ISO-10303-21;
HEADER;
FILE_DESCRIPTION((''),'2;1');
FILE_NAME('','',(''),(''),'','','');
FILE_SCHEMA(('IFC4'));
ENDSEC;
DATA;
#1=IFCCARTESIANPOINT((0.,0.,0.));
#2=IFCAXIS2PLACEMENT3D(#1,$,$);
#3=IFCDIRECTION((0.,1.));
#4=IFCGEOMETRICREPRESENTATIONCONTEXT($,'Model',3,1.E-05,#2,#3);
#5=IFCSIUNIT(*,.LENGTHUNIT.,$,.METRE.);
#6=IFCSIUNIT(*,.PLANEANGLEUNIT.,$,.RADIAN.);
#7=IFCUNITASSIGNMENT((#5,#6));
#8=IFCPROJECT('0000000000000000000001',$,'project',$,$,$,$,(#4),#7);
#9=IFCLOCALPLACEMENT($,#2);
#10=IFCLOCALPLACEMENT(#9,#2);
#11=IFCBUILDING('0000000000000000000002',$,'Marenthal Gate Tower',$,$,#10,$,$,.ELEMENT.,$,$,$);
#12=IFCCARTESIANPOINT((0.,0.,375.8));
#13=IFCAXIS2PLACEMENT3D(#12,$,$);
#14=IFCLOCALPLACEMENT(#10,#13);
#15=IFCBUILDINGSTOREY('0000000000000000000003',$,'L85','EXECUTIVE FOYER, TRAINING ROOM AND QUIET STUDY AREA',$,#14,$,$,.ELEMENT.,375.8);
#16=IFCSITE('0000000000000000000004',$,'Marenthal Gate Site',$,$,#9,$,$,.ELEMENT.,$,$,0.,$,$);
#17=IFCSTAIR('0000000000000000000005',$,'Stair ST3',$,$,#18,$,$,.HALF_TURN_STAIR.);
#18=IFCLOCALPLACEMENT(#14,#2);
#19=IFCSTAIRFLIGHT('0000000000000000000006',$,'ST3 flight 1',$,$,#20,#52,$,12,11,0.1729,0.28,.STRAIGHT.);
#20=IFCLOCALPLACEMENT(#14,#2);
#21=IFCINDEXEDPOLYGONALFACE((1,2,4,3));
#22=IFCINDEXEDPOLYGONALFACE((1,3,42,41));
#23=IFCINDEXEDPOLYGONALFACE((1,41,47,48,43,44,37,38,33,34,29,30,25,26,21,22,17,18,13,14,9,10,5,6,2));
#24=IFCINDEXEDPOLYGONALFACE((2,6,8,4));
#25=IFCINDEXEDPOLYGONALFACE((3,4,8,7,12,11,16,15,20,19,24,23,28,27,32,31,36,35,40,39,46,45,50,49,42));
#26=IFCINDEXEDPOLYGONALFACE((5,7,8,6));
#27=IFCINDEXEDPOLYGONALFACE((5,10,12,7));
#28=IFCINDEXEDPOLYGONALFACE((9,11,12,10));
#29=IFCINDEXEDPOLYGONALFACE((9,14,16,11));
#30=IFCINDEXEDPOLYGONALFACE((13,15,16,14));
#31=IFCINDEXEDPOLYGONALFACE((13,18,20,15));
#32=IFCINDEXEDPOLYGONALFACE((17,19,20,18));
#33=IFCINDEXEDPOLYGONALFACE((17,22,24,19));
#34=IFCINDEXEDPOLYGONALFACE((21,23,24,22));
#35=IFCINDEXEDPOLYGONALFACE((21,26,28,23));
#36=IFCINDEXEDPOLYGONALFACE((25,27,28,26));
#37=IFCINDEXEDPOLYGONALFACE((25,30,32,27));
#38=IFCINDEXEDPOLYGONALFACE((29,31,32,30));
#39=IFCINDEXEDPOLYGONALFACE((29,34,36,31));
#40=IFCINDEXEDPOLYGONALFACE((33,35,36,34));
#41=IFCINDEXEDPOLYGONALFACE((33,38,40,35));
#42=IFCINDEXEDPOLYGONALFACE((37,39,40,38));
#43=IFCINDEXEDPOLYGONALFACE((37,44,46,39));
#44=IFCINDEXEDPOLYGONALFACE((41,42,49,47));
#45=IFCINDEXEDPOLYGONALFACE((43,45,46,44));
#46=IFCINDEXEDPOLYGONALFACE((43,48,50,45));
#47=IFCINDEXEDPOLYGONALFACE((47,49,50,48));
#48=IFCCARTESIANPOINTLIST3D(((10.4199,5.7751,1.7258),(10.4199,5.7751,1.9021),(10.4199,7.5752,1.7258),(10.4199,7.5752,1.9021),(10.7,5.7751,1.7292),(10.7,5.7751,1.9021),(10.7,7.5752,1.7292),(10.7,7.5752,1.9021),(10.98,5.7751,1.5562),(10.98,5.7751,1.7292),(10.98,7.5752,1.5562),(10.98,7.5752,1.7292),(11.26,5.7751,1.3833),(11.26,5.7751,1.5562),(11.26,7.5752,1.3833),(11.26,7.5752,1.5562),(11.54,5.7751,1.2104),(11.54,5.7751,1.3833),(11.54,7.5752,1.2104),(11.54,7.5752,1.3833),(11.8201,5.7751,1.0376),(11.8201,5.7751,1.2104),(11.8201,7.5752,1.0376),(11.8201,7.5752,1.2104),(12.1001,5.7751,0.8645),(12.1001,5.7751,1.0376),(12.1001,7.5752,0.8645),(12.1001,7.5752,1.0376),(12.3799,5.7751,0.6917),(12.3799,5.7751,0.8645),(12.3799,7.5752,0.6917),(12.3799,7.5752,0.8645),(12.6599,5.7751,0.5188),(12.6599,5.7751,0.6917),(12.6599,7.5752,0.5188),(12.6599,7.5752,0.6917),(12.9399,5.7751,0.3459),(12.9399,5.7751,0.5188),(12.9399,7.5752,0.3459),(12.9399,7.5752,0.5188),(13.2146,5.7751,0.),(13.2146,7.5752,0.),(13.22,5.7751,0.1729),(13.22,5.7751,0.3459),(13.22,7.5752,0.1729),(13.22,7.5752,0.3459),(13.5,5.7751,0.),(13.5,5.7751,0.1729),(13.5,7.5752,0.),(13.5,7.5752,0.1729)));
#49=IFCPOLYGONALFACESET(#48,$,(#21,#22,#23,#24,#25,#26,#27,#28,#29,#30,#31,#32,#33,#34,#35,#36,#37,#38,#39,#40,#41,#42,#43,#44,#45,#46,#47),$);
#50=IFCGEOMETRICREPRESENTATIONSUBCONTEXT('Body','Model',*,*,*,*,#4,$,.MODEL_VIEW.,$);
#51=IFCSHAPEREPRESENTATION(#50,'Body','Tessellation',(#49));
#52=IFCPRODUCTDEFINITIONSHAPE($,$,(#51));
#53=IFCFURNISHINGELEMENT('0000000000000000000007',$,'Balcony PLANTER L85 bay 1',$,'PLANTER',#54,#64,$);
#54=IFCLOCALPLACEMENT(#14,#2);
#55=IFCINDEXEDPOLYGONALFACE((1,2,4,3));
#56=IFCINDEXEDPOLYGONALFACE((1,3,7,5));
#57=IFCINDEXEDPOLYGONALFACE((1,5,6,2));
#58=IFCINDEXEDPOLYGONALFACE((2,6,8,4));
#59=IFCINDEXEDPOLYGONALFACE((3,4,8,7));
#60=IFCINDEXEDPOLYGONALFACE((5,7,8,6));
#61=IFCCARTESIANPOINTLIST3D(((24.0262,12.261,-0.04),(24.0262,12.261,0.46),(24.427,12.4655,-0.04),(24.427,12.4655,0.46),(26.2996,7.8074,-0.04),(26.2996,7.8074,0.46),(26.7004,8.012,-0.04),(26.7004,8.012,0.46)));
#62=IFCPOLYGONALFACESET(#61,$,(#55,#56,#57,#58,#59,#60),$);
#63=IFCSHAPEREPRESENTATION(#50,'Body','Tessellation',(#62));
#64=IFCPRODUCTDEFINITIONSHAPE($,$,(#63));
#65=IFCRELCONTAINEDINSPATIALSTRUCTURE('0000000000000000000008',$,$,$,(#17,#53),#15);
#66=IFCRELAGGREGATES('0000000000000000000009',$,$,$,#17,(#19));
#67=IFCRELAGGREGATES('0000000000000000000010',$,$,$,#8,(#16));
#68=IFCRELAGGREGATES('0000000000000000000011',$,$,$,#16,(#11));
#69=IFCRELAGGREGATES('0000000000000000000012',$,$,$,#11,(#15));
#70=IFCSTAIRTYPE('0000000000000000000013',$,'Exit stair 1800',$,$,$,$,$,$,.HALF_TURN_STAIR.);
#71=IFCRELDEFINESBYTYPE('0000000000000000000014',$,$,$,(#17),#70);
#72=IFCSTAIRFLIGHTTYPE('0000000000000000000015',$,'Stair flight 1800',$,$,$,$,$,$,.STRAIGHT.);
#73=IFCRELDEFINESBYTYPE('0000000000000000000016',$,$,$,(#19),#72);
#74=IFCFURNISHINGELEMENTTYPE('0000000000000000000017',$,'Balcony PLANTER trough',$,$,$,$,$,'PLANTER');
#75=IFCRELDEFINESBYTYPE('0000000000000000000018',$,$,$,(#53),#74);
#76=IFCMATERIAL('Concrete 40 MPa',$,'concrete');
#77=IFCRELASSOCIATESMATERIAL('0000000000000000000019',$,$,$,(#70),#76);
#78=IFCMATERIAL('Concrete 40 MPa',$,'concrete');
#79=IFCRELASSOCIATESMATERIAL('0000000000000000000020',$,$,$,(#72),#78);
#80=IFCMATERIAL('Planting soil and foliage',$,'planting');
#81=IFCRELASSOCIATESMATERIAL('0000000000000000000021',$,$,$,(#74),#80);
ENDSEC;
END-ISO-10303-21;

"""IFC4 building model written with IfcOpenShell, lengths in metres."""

from ifc_helpers import new_model, si_unit, direction, frame, origin, origin_2d, place, context, subcontext, project, spatial, polyline, rectangle, outline, extrude, material, type_object, element, aggregate, save


model = new_model("IFC4")

# Units and contexts
model_context = context("Model", 3, precision=1e-05, world=origin(), true_north=direction((0.0, 1.0)))
body_context = subcontext(model_context, "Body", "Model", "MODEL_VIEW")
ifc_project = project(units=[si_unit("LENGTHUNIT", "METRE"), si_unit("PLANEANGLEUNIT", "RADIAN")], contexts=[model_context])

# Site, building, storey
site_placement = place(None, origin())
site = spatial("IfcSite", under=ifc_project, at=site_placement, Name="Marenthal Gate Site", CompositionType="ELEMENT", RefElevation=0.0)
building_placement = place(site_placement, origin())
building = spatial("IfcBuilding", under=site, at=building_placement, Name="Marenthal Gate Tower", CompositionType="ELEMENT")
storey_placement = place(building_placement, frame((0.0, 0.0, 375.8)))
storey = spatial("IfcBuildingStorey", under=building, at=storey_placement, Name="L85", Description="EXECUTIVE FOYER, TRAINING ROOM AND QUIET STUDY AREA", CompositionType="ELEMENT", Elevation=375.8)

# Stair, stair flight
ifc_material_1 = material(Name="Concrete 40 MPa", Category="concrete")
stair_type = type_object("IfcStairType", Name="Exit stair 1800", PredefinedType="HALF_TURN_STAIR", material=ifc_material_1)
stair_placement = place(storey_placement, origin())
stair = element("IfcStair", 1, at=stair_placement, inside=storey, type_object=stair_type, Name="Stair ST3", PredefinedType="HALF_TURN_STAIR")
ifc_material_2 = material(Name="Concrete 40 MPa", Category="concrete")
stair_flight_type = type_object("IfcStairFlightType", Name="Stair flight 1800", PredefinedType="STRAIGHT", material=ifc_material_2)
stair_flight_placement = place(storey_placement, frame((13.5, 6.675, 0.0), z_axis=(0.0, 0.0, 1.0), x_axis=(-1.0, 0.0, 0.0)))
stair_flight = element("IfcStairFlight", 2, at=stair_flight_placement, type_object=stair_flight_type, Name="ST3 flight 1", NumberOfRisers=12, NumberOfTreads=11, PredefinedType="STRAIGHT", RiserHeight=0.1729, TreadLength=0.28, context=body_context, shape_type="SweptSolid", body=[
    extrude(outline(polyline([(0.0, 0.0), (0.0, 0.1729), (0.28, 0.1729), (0.28, 0.3459), (0.5601, 0.3459), (0.5601, 0.5188), (0.8401, 0.5188), (0.8401, 0.6917), (1.1201, 0.6917), (1.1201, 0.8645), (1.3999, 0.8645), (1.3999, 1.0376), (1.6799, 1.0376), (1.6799, 1.2104), (1.96, 1.2104), (1.96, 1.3833), (2.24, 1.3833), (2.24, 1.5562), (2.52, 1.5562), (2.52, 1.7292), (2.8, 1.7292), (2.8, 1.9021), (3.0801, 1.9021), (3.0801, 2.075), (3.0801, 1.7258), (0.2854, 0.0), (0.0, 0.0)])), frame((0.0, 0.8999, 0.0), z_axis=(0.0, -1.0, 0.0), x_axis=(1.0, 0.0, 0.0)), (0.0, 0.0, 1.0), 1.8),
])
aggregate(stair, [stair_flight])

# Furnishing element
ifc_material_3 = material(Name="Planting soil and foliage", Category="planting")
furnishing_element_type = type_object("IfcFurnishingElementType", Name="Balcony PLANTER trough", ElementType="PLANTER", material=ifc_material_3)
furnishing_placement = place(storey_placement, frame((25.3633, 10.1365, -0.04), z_axis=(0.0, 0.0, 1.0), x_axis=(-0.454654, 0.890668, 0.0)))
element("IfcFurnishingElement", 3, at=furnishing_placement, inside=storey, type_object=furnishing_element_type, Name="Balcony PLANTER L85 bay 1", ObjectType="PLANTER", context=body_context, shape_type="SweptSolid", body=[
    extrude(rectangle(XDim=5.0002, YDim=0.45, at=origin_2d()), origin(), (0.0, 0.0, 1.0), 0.5),
])

save(model, "model.ifc")
